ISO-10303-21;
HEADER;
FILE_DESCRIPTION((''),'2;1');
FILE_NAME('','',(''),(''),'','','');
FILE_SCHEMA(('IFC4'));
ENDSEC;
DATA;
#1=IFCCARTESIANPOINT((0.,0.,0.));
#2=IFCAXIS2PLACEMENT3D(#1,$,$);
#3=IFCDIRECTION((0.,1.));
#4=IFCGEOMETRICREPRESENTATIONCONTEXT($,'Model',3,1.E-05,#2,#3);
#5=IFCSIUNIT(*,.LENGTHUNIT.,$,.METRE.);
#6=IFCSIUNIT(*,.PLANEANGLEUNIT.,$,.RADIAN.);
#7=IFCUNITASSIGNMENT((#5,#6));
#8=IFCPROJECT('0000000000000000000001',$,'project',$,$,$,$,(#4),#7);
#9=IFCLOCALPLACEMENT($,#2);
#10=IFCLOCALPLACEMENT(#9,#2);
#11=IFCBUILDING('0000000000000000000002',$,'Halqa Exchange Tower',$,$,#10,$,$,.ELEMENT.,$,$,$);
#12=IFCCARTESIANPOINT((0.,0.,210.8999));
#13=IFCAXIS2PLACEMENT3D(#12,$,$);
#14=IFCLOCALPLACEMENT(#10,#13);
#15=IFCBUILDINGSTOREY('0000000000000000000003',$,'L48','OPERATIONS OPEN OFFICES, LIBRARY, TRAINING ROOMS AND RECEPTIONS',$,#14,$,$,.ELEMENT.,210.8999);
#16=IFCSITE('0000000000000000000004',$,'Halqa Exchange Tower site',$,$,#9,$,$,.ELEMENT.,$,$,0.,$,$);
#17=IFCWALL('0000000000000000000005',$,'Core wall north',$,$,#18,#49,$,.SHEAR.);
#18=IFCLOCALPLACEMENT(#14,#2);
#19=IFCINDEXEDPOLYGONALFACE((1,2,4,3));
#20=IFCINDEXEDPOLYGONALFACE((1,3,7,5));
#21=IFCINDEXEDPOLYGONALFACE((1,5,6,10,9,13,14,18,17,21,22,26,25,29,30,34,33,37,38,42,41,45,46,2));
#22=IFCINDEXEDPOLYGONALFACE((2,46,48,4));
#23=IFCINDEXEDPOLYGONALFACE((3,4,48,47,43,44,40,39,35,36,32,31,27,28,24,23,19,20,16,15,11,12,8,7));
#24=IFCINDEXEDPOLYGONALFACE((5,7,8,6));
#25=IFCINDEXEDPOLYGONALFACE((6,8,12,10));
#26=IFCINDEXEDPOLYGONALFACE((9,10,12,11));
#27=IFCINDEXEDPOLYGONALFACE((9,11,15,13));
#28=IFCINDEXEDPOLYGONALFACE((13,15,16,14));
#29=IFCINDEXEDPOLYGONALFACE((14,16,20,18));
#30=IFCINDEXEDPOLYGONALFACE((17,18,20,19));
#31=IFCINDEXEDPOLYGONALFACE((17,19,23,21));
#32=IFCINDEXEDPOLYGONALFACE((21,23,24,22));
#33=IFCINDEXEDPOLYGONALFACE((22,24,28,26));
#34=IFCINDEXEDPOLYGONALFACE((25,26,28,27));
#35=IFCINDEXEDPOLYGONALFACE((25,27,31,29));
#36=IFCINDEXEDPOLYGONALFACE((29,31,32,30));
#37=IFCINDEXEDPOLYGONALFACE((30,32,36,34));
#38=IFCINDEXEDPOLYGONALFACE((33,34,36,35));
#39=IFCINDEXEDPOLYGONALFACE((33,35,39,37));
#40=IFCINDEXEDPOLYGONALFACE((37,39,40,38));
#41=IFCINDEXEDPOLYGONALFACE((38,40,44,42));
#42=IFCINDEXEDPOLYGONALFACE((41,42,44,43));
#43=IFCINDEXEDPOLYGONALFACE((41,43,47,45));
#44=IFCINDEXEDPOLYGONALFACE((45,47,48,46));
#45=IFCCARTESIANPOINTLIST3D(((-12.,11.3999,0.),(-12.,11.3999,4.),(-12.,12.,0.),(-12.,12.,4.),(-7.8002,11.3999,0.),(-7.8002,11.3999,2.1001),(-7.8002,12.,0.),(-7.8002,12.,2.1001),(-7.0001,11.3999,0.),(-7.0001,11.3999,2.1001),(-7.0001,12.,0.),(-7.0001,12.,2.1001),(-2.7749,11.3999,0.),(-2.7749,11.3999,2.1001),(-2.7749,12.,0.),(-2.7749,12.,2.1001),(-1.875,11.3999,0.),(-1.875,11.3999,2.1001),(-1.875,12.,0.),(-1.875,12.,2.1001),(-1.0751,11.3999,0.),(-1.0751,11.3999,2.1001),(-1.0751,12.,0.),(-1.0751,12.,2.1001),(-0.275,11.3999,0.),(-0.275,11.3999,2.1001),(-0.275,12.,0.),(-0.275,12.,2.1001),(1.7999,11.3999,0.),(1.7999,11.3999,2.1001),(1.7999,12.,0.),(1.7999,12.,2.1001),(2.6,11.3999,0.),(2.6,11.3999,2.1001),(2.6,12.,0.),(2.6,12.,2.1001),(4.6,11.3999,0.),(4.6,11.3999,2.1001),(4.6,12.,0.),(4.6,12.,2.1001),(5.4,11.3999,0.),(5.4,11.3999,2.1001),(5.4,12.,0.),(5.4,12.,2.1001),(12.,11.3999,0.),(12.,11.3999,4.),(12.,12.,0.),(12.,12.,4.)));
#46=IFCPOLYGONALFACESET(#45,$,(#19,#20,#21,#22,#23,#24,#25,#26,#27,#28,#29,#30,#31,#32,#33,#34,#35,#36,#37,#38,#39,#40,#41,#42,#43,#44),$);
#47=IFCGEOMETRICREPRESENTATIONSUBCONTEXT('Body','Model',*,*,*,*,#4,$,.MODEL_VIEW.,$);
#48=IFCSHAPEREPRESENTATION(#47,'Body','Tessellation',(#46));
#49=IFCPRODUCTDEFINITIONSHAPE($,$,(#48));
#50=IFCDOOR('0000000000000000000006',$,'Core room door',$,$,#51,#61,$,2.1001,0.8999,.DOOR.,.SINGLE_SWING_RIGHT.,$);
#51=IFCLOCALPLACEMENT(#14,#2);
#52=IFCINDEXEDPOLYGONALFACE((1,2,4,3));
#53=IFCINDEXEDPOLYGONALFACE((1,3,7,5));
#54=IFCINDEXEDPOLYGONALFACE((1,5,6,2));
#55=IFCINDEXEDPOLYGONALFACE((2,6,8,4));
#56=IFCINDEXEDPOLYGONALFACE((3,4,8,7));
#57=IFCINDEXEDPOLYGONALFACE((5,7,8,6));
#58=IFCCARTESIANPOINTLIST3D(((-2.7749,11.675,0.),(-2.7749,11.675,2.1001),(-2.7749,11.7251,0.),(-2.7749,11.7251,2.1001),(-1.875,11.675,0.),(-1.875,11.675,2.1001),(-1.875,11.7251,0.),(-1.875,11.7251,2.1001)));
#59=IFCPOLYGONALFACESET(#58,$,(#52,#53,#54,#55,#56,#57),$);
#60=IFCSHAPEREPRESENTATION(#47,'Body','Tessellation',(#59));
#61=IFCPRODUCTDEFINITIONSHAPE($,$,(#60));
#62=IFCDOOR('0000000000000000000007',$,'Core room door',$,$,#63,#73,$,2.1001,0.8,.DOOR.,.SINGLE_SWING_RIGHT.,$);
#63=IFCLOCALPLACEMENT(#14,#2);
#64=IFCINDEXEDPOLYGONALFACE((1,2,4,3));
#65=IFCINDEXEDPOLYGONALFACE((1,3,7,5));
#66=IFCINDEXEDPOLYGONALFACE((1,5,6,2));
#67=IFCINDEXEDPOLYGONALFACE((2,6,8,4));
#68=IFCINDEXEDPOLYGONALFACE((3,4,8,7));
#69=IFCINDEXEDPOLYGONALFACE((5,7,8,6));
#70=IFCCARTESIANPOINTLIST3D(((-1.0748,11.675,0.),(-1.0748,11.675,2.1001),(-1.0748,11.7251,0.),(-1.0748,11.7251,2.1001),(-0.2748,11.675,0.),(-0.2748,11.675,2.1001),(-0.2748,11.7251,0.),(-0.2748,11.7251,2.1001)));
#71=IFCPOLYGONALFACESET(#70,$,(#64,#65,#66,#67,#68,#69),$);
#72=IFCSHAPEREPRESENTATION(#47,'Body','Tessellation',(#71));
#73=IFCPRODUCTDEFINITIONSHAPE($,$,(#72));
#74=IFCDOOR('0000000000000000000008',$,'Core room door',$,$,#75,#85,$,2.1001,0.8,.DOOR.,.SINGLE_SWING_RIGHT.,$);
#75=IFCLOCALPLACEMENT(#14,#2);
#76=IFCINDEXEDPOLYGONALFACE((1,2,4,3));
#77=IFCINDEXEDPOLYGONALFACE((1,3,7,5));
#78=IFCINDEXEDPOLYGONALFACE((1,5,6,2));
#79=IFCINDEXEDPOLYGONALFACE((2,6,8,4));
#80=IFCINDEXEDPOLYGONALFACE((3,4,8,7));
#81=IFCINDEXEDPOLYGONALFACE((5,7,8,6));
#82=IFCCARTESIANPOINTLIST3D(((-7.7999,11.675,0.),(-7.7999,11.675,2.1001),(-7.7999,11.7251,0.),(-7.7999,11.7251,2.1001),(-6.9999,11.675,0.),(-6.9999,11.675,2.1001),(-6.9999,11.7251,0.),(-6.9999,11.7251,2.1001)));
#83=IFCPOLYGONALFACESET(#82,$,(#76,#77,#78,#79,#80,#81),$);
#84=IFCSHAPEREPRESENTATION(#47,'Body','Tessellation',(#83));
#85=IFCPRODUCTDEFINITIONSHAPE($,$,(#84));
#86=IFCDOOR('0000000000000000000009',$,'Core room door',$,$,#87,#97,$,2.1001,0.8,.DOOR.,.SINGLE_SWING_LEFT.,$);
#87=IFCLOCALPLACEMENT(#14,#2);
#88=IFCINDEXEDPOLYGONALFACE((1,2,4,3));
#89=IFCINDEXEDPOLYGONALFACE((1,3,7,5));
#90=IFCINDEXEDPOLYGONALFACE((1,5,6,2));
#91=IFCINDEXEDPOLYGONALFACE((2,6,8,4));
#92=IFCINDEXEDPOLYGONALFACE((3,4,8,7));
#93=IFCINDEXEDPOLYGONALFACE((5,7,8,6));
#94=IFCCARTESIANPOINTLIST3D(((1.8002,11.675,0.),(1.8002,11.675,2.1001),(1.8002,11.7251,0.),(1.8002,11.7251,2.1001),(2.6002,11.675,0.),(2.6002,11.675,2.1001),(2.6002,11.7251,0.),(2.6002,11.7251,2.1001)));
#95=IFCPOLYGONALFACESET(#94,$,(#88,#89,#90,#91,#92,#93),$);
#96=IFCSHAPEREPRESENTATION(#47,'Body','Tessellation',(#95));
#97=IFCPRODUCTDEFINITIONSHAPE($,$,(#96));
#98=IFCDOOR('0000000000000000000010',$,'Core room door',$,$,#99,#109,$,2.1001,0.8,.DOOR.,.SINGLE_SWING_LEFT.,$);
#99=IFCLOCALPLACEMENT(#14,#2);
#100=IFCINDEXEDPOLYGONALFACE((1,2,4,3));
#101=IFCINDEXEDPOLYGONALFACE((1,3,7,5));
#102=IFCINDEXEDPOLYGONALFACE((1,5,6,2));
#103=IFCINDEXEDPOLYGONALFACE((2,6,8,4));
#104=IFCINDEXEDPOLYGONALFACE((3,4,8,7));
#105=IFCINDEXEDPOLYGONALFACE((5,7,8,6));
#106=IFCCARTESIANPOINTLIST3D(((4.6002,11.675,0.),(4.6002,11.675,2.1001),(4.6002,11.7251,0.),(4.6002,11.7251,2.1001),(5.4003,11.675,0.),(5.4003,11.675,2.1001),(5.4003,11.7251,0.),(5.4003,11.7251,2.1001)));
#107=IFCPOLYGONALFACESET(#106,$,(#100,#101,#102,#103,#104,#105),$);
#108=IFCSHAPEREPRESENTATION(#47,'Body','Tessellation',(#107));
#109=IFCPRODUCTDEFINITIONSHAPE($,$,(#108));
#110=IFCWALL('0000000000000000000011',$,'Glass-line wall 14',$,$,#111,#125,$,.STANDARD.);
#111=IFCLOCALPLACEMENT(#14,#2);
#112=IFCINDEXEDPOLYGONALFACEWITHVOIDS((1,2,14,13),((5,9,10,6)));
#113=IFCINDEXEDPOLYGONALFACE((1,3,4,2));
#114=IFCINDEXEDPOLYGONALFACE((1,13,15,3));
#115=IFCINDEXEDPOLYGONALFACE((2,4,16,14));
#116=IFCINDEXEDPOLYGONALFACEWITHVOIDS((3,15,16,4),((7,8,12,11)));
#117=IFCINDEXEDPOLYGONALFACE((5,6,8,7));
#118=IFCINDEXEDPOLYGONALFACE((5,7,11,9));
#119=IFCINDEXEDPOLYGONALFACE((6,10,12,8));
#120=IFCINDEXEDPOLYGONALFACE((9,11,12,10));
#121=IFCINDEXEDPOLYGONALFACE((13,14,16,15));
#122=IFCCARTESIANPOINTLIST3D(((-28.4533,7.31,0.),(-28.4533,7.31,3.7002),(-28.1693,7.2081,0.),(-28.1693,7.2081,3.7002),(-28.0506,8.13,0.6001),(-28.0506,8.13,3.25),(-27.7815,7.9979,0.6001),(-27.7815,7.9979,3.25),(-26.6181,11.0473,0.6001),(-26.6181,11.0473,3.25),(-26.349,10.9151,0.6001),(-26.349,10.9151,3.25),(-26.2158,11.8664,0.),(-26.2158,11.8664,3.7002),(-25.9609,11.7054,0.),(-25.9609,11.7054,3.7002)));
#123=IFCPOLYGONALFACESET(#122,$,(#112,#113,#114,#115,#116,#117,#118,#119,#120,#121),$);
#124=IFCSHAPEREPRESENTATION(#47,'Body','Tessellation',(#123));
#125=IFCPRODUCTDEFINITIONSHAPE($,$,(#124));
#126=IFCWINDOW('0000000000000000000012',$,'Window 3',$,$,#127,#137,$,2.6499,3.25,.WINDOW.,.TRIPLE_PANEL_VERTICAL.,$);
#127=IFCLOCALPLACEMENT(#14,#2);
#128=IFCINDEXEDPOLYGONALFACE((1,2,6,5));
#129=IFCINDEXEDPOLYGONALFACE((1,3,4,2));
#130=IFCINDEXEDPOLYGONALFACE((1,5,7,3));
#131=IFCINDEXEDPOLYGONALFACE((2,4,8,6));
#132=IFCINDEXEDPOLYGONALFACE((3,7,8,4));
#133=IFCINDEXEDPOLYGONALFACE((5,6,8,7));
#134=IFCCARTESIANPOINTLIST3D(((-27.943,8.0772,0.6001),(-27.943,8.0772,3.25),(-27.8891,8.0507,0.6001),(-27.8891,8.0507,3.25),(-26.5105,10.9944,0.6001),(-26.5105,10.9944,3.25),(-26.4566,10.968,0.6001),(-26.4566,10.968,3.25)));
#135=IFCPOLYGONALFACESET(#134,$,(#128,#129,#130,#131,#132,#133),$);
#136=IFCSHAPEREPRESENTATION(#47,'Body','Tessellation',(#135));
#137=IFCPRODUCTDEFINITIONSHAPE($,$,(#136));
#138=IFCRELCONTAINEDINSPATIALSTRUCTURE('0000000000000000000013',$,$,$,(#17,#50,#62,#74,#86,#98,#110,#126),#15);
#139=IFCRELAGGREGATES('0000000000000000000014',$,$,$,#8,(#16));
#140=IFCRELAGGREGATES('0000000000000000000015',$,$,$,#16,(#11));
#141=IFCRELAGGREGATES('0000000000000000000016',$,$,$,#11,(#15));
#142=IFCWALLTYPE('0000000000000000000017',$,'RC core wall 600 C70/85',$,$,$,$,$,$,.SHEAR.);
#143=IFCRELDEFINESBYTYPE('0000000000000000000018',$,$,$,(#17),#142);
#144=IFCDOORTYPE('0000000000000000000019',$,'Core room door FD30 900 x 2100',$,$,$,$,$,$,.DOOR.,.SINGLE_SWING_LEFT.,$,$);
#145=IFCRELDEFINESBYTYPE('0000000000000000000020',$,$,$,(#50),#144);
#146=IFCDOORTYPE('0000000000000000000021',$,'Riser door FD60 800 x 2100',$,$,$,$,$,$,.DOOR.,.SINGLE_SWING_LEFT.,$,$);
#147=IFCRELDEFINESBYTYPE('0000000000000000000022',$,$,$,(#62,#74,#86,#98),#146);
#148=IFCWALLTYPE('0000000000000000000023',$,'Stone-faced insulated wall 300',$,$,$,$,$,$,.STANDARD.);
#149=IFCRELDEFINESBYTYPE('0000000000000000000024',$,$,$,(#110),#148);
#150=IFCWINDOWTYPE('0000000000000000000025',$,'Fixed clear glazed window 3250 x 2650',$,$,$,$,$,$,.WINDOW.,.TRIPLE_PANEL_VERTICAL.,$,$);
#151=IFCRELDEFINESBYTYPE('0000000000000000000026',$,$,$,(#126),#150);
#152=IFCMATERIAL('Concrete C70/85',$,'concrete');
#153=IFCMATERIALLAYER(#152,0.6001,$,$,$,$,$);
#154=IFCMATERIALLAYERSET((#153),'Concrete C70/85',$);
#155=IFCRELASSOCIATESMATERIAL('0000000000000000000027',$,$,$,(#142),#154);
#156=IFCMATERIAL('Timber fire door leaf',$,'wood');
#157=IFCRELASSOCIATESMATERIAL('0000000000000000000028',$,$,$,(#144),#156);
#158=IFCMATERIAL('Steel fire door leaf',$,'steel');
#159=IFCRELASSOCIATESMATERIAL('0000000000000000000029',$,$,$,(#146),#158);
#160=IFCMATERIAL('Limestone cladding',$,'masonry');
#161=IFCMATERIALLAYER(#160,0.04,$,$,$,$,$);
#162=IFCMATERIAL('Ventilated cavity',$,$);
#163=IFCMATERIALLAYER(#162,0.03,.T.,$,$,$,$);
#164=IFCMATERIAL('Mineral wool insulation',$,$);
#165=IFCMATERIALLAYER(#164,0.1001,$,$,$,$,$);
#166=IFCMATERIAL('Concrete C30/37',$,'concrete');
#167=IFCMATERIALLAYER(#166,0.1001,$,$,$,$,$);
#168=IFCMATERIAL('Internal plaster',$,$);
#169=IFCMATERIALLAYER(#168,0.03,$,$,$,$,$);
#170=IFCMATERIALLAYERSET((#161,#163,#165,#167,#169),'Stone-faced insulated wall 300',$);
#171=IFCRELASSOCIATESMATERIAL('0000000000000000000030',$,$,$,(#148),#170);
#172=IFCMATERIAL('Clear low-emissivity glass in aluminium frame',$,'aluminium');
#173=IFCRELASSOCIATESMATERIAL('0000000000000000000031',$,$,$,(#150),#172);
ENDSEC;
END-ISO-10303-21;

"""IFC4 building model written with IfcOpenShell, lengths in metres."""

from ifc_helpers import new_model, si_unit, direction, frame, frame_2d, origin, place, context, subcontext, project, spatial, polyline, rectangle, outline, extrude, material, layer, layer_set, type_object, element, fill, save


model = new_model("IFC4")

# Units and contexts
model_context = context("Model", 3, precision=1e-05, world=origin(), true_north=direction((0.0, 1.0)))
body_context = subcontext(model_context, "Body", "Model", "MODEL_VIEW")
ifc_project = project(units=[si_unit("LENGTHUNIT", "METRE"), si_unit("PLANEANGLEUNIT", "RADIAN")], contexts=[model_context])

# Site, building, storey
site_placement = place(None, origin())
site = spatial("IfcSite", under=ifc_project, at=site_placement, Name="Halqa Exchange Tower site", CompositionType="ELEMENT", RefElevation=0.0)
building_placement = place(site_placement, origin())
building = spatial("IfcBuilding", under=site, at=building_placement, Name="Halqa Exchange Tower", CompositionType="ELEMENT")
storey_placement = place(building_placement, frame((0.0, 0.0, 210.8999)))
storey = spatial("IfcBuildingStorey", under=building, at=storey_placement, Name="L48", Description="OPERATIONS OPEN OFFICES, LIBRARY, TRAINING ROOMS AND RECEPTIONS", CompositionType="ELEMENT", Elevation=210.8999)

# Shared definitions
ifc_material_1 = material(Name="Steel fire door leaf", Category="steel")

# Wall, openings, doors
ifc_material_2 = material(Name="Concrete C70/85", Category="concrete")
ifc_layer_1 = layer(ifc_material_2, 0.6001)
ifc_layer_set_1 = layer_set([ifc_layer_1], Name="Concrete C70/85")
wall_type_1 = type_object("IfcWallType", Name="RC core wall 600 C70/85", PredefinedType="SHEAR", material=ifc_layer_set_1)
wall_1_placement = place(storey_placement, frame((-12.0, 11.7, 0.0), z_axis=(0.0, 0.0, 1.0), x_axis=(1.0, 0.0, 0.0)))
wall_1 = element("IfcWall", 1, at=wall_1_placement, inside=storey, type_object=wall_type_1, Name="Core wall north", PredefinedType="SHEAR", context=body_context, shape_type="SweptSolid", body=[
    extrude(rectangle(XDim=24.0, YDim=0.6001, at=frame_2d((12.0, 0.0))), origin(), (0.0, 0.0, 1.0), 4.0),
])
opening_1_placement = place(wall_1_placement, frame((9.2251, 0.0, 0.0)))
opening_1 = element("IfcOpeningElement", 2, at=opening_1_placement, cuts=wall_1, PredefinedType="OPENING", context=body_context, shape_type="SweptSolid", body=[
    extrude(rectangle(XDim=0.8999, YDim=2.1001, at=frame_2d((0.45, 1.05))), frame((0.0, 0.312, 0.0), z_axis=(0.0, -1.0, 0.0), x_axis=(1.0, 0.0, 0.0)), (0.0, 0.0, 1.0), 0.624),
])
opening_2_placement = place(wall_1_placement, frame((10.925, 0.0, 0.0)))
opening_2 = element("IfcOpeningElement", 3, at=opening_2_placement, cuts=wall_1, PredefinedType="OPENING", context=body_context, shape_type="SweptSolid", body=[
    extrude(rectangle(XDim=0.8, YDim=2.1001, at=frame_2d((0.3999, 1.05))), frame((0.0, 0.312, 0.0), z_axis=(0.0, -1.0, 0.0), x_axis=(1.0, 0.0, 0.0)), (0.0, 0.0, 1.0), 0.624),
])
opening_3_placement = place(wall_1_placement, frame((4.2, 0.0, 0.0)))
opening_3 = element("IfcOpeningElement", 4, at=opening_3_placement, cuts=wall_1, PredefinedType="OPENING", context=body_context, shape_type="SweptSolid", body=[
    extrude(rectangle(XDim=0.8, YDim=2.1001, at=frame_2d((0.3999, 1.05))), frame((0.0, 0.312, 0.0), z_axis=(0.0, -1.0, 0.0), x_axis=(1.0, 0.0, 0.0)), (0.0, 0.0, 1.0), 0.624),
])
opening_4_placement = place(wall_1_placement, frame((13.8, 0.0, 0.0)))
opening_4 = element("IfcOpeningElement", 5, at=opening_4_placement, cuts=wall_1, PredefinedType="OPENING", context=body_context, shape_type="SweptSolid", body=[
    extrude(rectangle(XDim=0.8, YDim=2.1001, at=frame_2d((0.3999, 1.05))), frame((0.0, 0.312, 0.0), z_axis=(0.0, -1.0, 0.0), x_axis=(1.0, 0.0, 0.0)), (0.0, 0.0, 1.0), 0.624),
])
opening_5_placement = place(wall_1_placement, frame((16.6001, 0.0, 0.0)))
opening_5 = element("IfcOpeningElement", 6, at=opening_5_placement, cuts=wall_1, PredefinedType="OPENING", context=body_context, shape_type="SweptSolid", body=[
    extrude(rectangle(XDim=0.8, YDim=2.1001, at=frame_2d((0.3999, 1.05))), frame((0.0, 0.312, 0.0), z_axis=(0.0, -1.0, 0.0), x_axis=(1.0, 0.0, 0.0)), (0.0, 0.0, 1.0), 0.624),
])
ifc_material_3 = material(Name="Timber fire door leaf", Category="wood")
door_type_1 = type_object("IfcDoorType", Name="Core room door FD30 900 x 2100", OperationType="SINGLE_SWING_LEFT", PredefinedType="DOOR", material=ifc_material_3)
door_1_placement = place(opening_1_placement, frame((0.8999, 0.0, 0.0), z_axis=(0.0, 0.0, 1.0), x_axis=(-1.0, 0.0, 0.0)))
door_1 = element("IfcDoor", 7, at=door_1_placement, inside=storey, type_object=door_type_1, Name="Core room door", OperationType="SINGLE_SWING_RIGHT", OverallHeight=2.1001, OverallWidth=0.8999, PredefinedType="DOOR", context=body_context, shape_type="SweptSolid", body=[
    extrude(rectangle(XDim=0.8999, YDim=2.1001, at=frame_2d((0.45, 1.05))), frame((0.0, 0.0249, 0.0), z_axis=(0.0, -1.0, 0.0), x_axis=(1.0, 0.0, 0.0)), (0.0, 0.0, 1.0), 0.05),
])
fill(opening_1, door_1)
door_type_2 = type_object("IfcDoorType", Name="Riser door FD60 800 x 2100", OperationType="SINGLE_SWING_LEFT", PredefinedType="DOOR", material=ifc_material_1)
door_2_placement = place(opening_2_placement, frame((0.8, 0.0, 0.0), z_axis=(0.0, 0.0, 1.0), x_axis=(-1.0, 0.0, 0.0)))
door_2 = element("IfcDoor", 8, at=door_2_placement, inside=storey, type_object=door_type_2, Name="Core room door", OperationType="SINGLE_SWING_RIGHT", OverallHeight=2.1001, OverallWidth=0.8, PredefinedType="DOOR", context=body_context, shape_type="SweptSolid", body=[
    extrude(rectangle(XDim=0.8, YDim=2.1001, at=frame_2d((0.3999, 1.05))), frame((0.0, 0.0249, 0.0), z_axis=(0.0, -1.0, 0.0), x_axis=(1.0, 0.0, 0.0)), (0.0, 0.0, 1.0), 0.05),
])
fill(opening_2, door_2)
door_3_placement = place(opening_3_placement, frame((0.8, 0.0, 0.0), z_axis=(0.0, 0.0, 1.0), x_axis=(-1.0, 0.0, 0.0)))
door_3 = element("IfcDoor", 9, at=door_3_placement, inside=storey, type_object=door_type_2, Name="Core room door", OperationType="SINGLE_SWING_RIGHT", OverallHeight=2.1001, OverallWidth=0.8, PredefinedType="DOOR", context=body_context, shape_type="SweptSolid", body=[
    extrude(rectangle(XDim=0.8, YDim=2.1001, at=frame_2d((0.3999, 1.05))), frame((0.0, 0.0249, 0.0), z_axis=(0.0, -1.0, 0.0), x_axis=(1.0, 0.0, 0.0)), (0.0, 0.0, 1.0), 0.05),
])
fill(opening_3, door_3)
door_4_placement = place(opening_4_placement, frame((0.8, 0.0, 0.0), z_axis=(0.0, 0.0, 1.0), x_axis=(-1.0, 0.0, 0.0)))
door_4 = element("IfcDoor", 10, at=door_4_placement, inside=storey, type_object=door_type_2, Name="Core room door", OperationType="SINGLE_SWING_LEFT", OverallHeight=2.1001, OverallWidth=0.8, PredefinedType="DOOR", context=body_context, shape_type="SweptSolid", body=[
    extrude(rectangle(XDim=0.8, YDim=2.1001, at=frame_2d((0.3999, 1.05))), frame((0.0, 0.0249, 0.0), z_axis=(0.0, -1.0, 0.0), x_axis=(1.0, 0.0, 0.0)), (0.0, 0.0, 1.0), 0.05),
])
fill(opening_4, door_4)
door_5_placement = place(opening_5_placement, frame((0.8, 0.0, 0.0), z_axis=(0.0, 0.0, 1.0), x_axis=(-1.0, 0.0, 0.0)))
door_5 = element("IfcDoor", 11, at=door_5_placement, inside=storey, type_object=door_type_2, Name="Core room door", OperationType="SINGLE_SWING_LEFT", OverallHeight=2.1001, OverallWidth=0.8, PredefinedType="DOOR", context=body_context, shape_type="SweptSolid", body=[
    extrude(rectangle(XDim=0.8, YDim=2.1001, at=frame_2d((0.3999, 1.05))), frame((0.0, 0.0249, 0.0), z_axis=(0.0, -1.0, 0.0), x_axis=(1.0, 0.0, 0.0)), (0.0, 0.0, 1.0), 0.05),
])
fill(opening_5, door_5)

# Wall, opening, window
ifc_material_4 = material(Name="Limestone cladding", Category="masonry")
ifc_layer_2 = layer(ifc_material_4, 0.04)
ifc_material_5 = material(Name="Ventilated cavity")
ifc_layer_3 = layer(ifc_material_5, 0.03, ventilated=True)
ifc_material_6 = material(Name="Mineral wool insulation")
ifc_layer_4 = layer(ifc_material_6, 0.1001)
ifc_material_7 = material(Name="Concrete C30/37", Category="concrete")
ifc_layer_5 = layer(ifc_material_7, 0.1001)
ifc_material_8 = material(Name="Internal plaster")
ifc_layer_6 = layer(ifc_material_8, 0.03)
ifc_layer_set_2 = layer_set([ifc_layer_2, ifc_layer_3, ifc_layer_4, ifc_layer_5, ifc_layer_6], Name="Stone-faced insulated wall 300")
wall_type_2 = type_object("IfcWallType", Name="Stone-faced insulated wall 300", PredefinedType="STANDARD", material=ifc_layer_set_2)
wall_2_placement = place(storey_placement, frame((-26.0884, 11.7859, 0.0), z_axis=(0.0, 0.0, 1.0), x_axis=(-0.440773, -0.897619, 0.0)))
wall_2 = element("IfcWall", 12, at=wall_2_placement, inside=storey, type_object=wall_type_2, Name="Glass-line wall 14", PredefinedType="STANDARD", context=body_context, shape_type="SweptSolid", body=[
    extrude(outline(polyline([(-0.0161, -0.1499), (5.0601, -0.1499), (5.0264, 0.1499), (0.0161, 0.1499), (-0.0161, -0.1499)])), origin(), (0.0, 0.0, 1.0), 3.7002),
])
opening_6_placement = place(wall_2_placement, frame((0.8965, 0.0, 0.6001)))
opening_6 = element("IfcOpeningElement", 13, at=opening_6_placement, cuts=wall_2, PredefinedType="OPENING", context=body_context, shape_type="SweptSolid", body=[
    extrude(rectangle(XDim=3.25, YDim=2.6499, at=frame_2d((1.625, 1.325))), frame((0.0, 0.1621, 0.0), z_axis=(0.0, -1.0, 0.0), x_axis=(1.0, 0.0, 0.0)), (0.0, 0.0, 1.0), 0.324),
])
ifc_material_9 = material(Name="Clear low-emissivity glass in aluminium frame", Category="aluminium")
window_type = type_object("IfcWindowType", Name="Fixed clear glazed window 3250 x 2650", PartitioningType="TRIPLE_PANEL_VERTICAL", PredefinedType="WINDOW", material=ifc_material_9)
window_1_placement = place(opening_6_placement, origin())
window_1 = element("IfcWindow", 14, at=window_1_placement, inside=storey, type_object=window_type, Name="Window 3", OverallHeight=2.6499, OverallWidth=3.25, PartitioningType="TRIPLE_PANEL_VERTICAL", PredefinedType="WINDOW", context=body_context, shape_type="SweptSolid", body=[
    extrude(rectangle(XDim=3.25, YDim=2.6499, at=frame_2d((1.625, 1.325))), frame((0.0, 0.03, 0.0), z_axis=(0.0, -1.0, 0.0), x_axis=(1.0, 0.0, 0.0)), (0.0, 0.0, 1.0), 0.0601),
])
fill(opening_6, window_1)

save(model, "model.ifc")
